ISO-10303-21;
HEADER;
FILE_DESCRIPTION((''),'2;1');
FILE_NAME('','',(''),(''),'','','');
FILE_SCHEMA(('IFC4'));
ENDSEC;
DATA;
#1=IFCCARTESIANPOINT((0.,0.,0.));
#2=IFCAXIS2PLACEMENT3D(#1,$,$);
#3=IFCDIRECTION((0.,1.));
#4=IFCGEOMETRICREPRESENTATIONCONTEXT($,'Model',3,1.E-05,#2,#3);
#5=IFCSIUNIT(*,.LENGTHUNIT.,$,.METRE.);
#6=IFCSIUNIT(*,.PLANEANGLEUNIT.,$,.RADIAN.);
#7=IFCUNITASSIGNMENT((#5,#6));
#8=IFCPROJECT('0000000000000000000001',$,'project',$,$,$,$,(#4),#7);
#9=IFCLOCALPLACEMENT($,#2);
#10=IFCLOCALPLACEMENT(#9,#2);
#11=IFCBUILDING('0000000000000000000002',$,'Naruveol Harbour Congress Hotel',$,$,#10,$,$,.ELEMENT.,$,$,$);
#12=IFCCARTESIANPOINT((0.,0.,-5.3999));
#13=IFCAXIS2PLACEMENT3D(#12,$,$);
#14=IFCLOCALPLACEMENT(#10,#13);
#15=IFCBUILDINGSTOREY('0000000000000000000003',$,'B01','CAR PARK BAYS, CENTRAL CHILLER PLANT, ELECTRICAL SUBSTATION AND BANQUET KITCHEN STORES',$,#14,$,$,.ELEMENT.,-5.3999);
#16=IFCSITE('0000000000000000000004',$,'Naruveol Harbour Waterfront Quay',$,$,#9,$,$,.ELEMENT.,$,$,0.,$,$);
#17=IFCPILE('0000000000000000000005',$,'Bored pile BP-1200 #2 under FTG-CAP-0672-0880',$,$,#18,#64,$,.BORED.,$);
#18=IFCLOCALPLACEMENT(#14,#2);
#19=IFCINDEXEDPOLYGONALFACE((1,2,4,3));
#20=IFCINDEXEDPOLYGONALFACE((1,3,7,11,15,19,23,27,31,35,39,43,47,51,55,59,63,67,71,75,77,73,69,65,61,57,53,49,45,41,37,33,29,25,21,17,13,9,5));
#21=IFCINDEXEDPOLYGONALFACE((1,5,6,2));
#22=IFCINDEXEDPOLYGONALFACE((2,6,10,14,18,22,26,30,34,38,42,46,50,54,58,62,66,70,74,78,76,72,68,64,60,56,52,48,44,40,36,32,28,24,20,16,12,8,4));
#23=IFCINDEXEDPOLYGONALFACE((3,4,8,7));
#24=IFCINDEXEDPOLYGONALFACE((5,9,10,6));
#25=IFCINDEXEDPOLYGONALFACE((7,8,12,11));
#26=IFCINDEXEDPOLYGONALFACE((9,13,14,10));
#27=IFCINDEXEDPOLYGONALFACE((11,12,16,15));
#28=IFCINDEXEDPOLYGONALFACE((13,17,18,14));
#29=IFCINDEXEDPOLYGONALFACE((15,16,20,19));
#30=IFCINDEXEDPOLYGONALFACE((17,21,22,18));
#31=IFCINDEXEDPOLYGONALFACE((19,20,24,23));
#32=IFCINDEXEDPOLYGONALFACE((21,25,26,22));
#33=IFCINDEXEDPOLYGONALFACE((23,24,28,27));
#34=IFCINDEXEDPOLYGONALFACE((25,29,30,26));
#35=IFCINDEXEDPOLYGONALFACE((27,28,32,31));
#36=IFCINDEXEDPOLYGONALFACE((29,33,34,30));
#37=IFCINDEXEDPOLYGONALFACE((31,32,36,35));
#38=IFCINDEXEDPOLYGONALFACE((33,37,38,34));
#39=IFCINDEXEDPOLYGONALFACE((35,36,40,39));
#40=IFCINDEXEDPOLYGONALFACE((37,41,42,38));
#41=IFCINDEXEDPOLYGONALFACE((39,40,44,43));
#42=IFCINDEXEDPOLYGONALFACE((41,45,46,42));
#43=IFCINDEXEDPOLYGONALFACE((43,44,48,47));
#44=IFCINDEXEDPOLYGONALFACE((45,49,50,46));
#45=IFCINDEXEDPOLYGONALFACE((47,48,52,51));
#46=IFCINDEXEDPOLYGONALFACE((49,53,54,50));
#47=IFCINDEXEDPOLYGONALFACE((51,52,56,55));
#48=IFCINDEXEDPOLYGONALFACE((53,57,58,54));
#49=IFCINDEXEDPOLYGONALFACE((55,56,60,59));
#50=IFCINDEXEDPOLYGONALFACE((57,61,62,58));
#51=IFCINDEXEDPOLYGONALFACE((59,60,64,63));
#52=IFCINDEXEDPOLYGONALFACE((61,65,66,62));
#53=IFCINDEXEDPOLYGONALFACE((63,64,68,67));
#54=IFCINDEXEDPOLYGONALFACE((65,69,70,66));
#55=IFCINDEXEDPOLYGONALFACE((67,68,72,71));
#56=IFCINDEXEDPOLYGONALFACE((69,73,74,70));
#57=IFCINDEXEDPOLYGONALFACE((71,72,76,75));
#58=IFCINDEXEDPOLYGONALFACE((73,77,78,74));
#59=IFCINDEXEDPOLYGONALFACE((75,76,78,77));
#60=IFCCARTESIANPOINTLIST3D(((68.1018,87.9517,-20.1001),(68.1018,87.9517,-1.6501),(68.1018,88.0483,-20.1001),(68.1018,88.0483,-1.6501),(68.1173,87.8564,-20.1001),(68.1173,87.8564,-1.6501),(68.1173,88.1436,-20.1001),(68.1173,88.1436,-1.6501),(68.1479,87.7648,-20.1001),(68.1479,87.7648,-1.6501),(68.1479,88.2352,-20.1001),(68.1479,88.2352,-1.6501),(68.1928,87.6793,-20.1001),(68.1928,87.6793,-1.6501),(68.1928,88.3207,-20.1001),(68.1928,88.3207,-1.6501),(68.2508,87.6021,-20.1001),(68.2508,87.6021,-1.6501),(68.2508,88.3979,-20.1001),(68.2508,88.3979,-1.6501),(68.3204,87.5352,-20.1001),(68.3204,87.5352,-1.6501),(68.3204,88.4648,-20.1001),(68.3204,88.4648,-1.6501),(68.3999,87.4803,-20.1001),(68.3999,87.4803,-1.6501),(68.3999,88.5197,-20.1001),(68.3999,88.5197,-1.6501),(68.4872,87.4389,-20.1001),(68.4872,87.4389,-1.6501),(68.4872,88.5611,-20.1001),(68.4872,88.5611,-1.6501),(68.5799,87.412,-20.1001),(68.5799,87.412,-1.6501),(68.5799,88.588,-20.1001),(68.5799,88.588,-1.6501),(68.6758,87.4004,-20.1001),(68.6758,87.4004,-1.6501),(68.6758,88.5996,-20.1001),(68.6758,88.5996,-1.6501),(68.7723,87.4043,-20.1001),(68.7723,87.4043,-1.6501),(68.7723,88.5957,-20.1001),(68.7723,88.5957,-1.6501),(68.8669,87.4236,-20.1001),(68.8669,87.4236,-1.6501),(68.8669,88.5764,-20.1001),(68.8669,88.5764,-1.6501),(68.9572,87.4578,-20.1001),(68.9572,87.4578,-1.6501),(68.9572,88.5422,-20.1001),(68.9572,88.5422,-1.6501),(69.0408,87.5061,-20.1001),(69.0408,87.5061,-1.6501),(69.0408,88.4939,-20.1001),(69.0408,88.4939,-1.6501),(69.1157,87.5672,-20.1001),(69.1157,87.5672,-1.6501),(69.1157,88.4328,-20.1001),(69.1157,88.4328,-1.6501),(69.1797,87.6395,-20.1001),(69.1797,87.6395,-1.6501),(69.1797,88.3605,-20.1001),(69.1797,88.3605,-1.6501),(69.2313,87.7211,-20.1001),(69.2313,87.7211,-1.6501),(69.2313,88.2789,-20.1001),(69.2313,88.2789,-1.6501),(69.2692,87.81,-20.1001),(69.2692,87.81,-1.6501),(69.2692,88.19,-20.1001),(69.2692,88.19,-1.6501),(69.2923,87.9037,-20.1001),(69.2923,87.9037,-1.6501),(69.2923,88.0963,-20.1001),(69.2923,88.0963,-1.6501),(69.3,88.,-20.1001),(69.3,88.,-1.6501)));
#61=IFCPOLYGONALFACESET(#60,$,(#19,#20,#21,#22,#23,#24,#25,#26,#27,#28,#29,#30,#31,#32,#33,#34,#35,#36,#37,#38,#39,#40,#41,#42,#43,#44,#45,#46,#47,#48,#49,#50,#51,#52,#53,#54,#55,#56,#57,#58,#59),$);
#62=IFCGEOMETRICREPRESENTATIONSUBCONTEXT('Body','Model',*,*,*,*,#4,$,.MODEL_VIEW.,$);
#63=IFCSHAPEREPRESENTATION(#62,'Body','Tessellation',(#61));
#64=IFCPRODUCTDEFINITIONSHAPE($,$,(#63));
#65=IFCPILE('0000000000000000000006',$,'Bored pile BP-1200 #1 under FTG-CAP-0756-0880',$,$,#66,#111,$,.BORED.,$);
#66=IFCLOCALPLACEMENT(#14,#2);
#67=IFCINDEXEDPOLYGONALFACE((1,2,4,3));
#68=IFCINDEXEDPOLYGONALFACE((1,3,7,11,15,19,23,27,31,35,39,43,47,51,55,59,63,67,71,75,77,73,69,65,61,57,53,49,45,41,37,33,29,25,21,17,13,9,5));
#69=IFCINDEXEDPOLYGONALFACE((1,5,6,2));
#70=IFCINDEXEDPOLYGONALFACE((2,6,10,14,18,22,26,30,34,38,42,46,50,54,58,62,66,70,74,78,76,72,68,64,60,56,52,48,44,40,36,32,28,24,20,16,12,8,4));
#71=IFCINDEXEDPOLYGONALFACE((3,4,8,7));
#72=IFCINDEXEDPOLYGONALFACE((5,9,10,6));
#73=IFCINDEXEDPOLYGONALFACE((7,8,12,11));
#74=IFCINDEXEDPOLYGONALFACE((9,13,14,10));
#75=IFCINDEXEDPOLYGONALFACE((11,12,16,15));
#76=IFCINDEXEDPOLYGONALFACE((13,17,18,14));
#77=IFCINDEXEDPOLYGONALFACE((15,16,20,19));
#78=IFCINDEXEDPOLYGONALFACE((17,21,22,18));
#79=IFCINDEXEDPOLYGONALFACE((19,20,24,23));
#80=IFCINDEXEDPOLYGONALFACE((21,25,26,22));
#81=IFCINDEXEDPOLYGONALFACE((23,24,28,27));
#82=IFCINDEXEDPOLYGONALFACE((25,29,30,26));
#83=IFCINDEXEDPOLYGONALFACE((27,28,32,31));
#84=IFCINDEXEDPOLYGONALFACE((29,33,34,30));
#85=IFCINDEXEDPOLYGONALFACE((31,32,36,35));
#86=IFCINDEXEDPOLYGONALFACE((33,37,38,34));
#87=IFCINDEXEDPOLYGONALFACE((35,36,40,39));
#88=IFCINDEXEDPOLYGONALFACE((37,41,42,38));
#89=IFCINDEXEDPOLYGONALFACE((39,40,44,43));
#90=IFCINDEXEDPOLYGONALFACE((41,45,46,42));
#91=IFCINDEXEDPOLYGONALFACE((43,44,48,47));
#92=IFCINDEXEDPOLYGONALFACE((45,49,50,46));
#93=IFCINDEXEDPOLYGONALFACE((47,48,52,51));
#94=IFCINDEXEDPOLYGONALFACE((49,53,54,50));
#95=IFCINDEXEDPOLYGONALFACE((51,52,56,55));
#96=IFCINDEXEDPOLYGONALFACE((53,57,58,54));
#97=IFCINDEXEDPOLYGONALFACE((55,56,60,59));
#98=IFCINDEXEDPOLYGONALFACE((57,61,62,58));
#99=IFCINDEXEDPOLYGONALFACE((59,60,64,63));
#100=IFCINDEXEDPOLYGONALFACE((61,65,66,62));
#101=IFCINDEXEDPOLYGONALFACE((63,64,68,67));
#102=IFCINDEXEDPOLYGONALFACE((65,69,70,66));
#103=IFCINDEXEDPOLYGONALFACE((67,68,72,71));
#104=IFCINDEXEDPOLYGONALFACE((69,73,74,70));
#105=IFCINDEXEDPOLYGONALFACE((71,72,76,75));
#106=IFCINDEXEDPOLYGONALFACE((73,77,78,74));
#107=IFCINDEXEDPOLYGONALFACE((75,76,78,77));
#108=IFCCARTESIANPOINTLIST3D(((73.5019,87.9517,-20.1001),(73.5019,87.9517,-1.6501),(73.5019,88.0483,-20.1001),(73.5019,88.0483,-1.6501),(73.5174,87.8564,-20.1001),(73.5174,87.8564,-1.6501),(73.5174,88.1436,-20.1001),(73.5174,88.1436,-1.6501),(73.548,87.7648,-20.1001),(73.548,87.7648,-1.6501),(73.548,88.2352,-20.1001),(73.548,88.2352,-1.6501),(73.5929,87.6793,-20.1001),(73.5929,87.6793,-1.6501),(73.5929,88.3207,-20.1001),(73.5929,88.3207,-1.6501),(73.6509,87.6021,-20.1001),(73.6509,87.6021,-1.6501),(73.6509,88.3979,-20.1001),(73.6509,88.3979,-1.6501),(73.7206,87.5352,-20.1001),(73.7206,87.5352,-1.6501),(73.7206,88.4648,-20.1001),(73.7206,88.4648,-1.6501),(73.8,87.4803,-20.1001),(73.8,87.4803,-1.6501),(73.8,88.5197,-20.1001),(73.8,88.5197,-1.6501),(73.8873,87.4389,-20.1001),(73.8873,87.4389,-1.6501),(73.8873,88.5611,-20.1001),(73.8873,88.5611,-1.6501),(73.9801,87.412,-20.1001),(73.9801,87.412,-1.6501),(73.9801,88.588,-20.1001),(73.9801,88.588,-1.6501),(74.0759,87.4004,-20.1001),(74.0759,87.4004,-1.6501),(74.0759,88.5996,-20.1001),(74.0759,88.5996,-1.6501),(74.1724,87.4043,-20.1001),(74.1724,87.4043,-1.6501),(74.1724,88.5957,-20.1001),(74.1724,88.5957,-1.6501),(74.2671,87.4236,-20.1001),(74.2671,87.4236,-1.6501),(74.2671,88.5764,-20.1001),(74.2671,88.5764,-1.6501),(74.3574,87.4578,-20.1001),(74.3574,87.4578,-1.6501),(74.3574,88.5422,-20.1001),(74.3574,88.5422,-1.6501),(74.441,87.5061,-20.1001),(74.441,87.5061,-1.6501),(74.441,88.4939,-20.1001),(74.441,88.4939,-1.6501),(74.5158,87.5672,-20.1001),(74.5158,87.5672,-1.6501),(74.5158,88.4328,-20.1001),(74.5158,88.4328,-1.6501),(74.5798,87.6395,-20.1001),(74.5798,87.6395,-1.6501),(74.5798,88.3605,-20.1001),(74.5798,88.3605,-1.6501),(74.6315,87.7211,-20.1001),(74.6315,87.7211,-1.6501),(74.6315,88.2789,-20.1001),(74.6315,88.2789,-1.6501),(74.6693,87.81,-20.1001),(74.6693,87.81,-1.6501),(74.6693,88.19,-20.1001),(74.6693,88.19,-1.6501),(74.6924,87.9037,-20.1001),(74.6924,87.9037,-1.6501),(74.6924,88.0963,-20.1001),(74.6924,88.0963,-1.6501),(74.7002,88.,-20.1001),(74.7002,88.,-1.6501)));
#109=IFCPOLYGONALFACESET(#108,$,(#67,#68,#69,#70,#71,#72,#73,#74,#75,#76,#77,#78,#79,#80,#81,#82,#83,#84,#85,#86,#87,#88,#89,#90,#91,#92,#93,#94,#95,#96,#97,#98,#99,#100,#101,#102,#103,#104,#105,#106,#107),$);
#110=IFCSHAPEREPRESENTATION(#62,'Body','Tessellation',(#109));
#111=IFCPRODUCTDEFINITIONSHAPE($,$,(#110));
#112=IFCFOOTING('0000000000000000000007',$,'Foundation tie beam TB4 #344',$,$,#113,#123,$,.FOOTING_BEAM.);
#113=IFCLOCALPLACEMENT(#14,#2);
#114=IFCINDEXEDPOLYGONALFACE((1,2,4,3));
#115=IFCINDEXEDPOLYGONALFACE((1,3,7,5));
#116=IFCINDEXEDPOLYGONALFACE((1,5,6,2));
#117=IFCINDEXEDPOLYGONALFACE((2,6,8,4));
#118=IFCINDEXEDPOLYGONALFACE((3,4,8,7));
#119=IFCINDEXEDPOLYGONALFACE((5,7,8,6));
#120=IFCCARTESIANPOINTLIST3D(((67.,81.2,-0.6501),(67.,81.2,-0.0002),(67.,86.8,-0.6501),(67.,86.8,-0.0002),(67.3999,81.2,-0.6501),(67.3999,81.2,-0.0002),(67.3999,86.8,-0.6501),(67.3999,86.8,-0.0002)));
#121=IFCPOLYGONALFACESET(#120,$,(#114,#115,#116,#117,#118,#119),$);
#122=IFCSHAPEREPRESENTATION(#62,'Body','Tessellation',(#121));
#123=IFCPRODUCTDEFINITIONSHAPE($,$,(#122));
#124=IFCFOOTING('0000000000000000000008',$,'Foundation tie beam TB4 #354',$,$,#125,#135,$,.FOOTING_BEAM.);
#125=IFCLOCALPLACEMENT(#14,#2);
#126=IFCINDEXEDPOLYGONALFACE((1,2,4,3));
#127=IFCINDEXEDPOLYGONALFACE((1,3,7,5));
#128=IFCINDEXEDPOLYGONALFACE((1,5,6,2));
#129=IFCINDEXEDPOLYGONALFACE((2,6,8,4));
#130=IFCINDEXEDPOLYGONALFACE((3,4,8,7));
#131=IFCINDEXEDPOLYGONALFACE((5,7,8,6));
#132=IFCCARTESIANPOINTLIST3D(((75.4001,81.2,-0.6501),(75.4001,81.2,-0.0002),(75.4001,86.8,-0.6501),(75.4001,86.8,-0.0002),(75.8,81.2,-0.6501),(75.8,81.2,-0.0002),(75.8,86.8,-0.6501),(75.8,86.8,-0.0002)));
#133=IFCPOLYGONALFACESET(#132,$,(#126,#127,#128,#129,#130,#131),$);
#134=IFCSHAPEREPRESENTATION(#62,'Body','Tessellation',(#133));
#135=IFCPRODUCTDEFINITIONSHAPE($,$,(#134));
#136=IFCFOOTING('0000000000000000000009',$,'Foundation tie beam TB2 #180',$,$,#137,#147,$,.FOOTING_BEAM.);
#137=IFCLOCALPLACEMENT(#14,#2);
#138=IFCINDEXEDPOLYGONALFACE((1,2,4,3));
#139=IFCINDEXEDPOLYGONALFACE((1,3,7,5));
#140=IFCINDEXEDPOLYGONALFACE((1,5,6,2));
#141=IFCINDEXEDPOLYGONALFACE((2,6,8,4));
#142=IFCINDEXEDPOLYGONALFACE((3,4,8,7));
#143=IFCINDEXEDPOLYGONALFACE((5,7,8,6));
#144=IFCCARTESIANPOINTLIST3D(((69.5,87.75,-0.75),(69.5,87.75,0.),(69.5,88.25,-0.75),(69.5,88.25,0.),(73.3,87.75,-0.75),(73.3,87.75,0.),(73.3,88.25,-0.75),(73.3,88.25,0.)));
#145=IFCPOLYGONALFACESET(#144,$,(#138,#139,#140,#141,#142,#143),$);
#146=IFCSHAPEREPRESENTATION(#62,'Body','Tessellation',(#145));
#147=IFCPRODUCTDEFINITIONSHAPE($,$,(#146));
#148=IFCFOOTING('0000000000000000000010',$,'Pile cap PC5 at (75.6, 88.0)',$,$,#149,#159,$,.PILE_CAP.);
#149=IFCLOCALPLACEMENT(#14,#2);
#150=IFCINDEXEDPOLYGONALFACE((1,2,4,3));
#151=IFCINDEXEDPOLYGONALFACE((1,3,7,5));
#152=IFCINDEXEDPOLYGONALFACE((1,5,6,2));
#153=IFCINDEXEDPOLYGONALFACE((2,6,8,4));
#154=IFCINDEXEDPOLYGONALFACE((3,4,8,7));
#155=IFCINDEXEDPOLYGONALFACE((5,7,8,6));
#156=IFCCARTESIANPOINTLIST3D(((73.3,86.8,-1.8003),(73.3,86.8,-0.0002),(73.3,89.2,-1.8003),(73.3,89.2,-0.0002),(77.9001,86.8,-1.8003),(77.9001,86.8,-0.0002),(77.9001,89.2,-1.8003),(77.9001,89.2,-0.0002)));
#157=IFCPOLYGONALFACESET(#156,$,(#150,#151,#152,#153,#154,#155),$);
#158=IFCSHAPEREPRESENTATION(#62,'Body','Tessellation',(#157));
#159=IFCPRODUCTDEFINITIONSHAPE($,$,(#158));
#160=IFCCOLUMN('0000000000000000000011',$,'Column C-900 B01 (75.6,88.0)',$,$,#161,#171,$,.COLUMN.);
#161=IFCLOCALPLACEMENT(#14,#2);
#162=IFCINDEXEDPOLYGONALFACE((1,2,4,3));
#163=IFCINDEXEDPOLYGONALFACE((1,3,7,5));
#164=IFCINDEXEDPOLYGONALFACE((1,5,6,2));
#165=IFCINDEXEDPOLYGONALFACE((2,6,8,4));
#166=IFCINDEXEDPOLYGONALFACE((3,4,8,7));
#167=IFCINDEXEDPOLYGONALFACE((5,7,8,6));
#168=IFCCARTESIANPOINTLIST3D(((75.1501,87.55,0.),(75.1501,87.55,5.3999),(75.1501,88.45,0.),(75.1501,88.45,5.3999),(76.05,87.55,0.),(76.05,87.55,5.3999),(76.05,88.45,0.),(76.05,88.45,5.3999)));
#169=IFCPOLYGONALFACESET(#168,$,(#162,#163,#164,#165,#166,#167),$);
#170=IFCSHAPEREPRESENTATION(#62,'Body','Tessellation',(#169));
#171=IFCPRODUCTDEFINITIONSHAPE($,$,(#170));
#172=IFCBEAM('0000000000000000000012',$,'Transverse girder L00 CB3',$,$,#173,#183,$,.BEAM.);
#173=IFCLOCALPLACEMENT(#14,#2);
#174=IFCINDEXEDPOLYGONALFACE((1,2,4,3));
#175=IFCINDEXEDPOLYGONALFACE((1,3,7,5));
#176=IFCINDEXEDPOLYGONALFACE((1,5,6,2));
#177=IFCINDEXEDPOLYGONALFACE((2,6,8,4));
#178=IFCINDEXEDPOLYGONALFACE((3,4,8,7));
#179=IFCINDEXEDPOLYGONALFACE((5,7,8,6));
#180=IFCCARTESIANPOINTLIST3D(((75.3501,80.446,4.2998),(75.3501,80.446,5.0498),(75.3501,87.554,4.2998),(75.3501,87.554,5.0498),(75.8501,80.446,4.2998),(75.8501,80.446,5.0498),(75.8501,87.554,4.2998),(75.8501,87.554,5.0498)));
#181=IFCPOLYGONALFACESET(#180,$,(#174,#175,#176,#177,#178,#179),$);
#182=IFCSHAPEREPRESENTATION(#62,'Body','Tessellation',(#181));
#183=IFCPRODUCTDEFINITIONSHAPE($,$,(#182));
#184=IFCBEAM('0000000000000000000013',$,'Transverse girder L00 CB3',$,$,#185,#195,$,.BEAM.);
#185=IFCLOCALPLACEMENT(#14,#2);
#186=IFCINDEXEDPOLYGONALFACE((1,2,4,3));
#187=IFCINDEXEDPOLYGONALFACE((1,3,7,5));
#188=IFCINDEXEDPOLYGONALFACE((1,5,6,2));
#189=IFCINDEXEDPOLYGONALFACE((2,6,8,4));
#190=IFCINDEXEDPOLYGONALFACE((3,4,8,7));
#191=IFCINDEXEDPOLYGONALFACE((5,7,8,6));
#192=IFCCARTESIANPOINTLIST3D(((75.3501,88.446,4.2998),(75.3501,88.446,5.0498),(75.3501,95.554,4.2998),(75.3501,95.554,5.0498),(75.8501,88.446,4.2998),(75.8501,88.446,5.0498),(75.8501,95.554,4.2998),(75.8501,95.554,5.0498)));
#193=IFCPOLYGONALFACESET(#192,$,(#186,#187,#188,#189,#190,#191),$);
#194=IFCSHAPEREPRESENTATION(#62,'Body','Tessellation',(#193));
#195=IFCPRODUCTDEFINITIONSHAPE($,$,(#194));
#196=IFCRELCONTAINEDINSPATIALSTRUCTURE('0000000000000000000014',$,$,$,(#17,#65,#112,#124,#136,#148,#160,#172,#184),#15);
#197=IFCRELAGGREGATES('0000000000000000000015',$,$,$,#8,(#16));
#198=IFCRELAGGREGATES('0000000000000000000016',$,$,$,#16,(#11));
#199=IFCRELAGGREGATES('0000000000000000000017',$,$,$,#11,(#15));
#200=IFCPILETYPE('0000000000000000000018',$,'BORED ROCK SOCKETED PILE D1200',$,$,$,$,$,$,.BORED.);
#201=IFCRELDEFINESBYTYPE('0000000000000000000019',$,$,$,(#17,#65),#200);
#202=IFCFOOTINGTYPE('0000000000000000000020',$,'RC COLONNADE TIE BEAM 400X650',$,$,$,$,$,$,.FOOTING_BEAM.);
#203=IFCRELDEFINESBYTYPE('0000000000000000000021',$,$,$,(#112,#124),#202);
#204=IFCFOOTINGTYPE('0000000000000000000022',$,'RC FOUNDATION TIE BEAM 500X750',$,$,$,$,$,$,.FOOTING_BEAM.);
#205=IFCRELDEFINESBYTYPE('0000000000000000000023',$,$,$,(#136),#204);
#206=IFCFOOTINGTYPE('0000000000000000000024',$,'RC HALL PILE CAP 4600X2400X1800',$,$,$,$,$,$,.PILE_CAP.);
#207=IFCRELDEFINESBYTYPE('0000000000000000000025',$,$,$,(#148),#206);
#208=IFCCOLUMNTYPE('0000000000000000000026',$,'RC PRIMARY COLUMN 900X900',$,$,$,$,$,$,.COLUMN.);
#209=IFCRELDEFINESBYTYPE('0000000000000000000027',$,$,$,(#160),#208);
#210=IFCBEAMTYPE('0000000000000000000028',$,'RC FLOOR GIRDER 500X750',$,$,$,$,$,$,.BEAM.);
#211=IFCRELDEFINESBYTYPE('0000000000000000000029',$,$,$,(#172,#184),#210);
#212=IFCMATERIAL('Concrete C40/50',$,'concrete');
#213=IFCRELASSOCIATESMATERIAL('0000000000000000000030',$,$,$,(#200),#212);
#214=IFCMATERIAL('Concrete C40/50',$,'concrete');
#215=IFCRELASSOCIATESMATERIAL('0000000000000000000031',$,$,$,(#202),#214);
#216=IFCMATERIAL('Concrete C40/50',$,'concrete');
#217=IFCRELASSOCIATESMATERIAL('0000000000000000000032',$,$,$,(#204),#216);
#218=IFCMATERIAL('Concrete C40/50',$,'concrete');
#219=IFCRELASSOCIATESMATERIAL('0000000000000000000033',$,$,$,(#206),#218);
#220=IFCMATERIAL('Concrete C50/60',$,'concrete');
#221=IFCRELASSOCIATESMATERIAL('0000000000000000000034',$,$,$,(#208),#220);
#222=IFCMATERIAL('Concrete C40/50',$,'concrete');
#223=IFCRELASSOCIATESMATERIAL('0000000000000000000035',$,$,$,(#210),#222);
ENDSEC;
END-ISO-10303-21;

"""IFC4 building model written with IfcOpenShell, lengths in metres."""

from ifc_helpers import new_model, si_unit, direction, frame, origin, origin_2d, place, context, subcontext, project, spatial, rectangle, circle, extrude, material, material_profile, profile_set, type_object, element, save


model = new_model("IFC4")

# Units and contexts
model_context = context("Model", 3, precision=1e-05, world=origin(), true_north=direction((0.0, 1.0)))
body_context = subcontext(model_context, "Body", "Model", "MODEL_VIEW")
ifc_project = project(units=[si_unit("LENGTHUNIT", "METRE"), si_unit("PLANEANGLEUNIT", "RADIAN")], contexts=[model_context])

# Site, building, storey
site_placement = place(None, origin())
site = spatial("IfcSite", under=ifc_project, at=site_placement, Name="Naruveol Harbour Waterfront Quay", CompositionType="ELEMENT", RefElevation=0.0)
building_placement = place(site_placement, origin())
building = spatial("IfcBuilding", under=site, at=building_placement, Name="Naruveol Harbour Congress Hotel", CompositionType="ELEMENT")
storey_placement = place(building_placement, frame((0.0, 0.0, -5.3999)))
storey = spatial("IfcBuildingStorey", under=building, at=storey_placement, Name="B01", Description="CAR PARK BAYS, CENTRAL CHILLER PLANT, ELECTRICAL SUBSTATION AND BANQUET KITCHEN STORES", CompositionType="ELEMENT", Elevation=-5.3999)

# Piles
ifc_material_1 = material(Name="Concrete C40/50", Category="concrete")
ifc_material_profile_1 = material_profile(ifc_material_1, circle(Radius=0.6001, at=origin_2d()), Name="BP-1200")
ifc_profile_set_1 = profile_set([ifc_material_profile_1], Name="Concrete C40/50")
pile_type = type_object("IfcPileType", Name="BORED ROCK SOCKETED PILE D1200", PredefinedType="BORED", material=ifc_profile_set_1)
for number, where, z_axis, x_axis, name in (
    (1, (68.7, 88.0, -1.6501), (0.0, 0.0, -1.0), (1.0, 0.0, 0.0), "Bored pile BP-1200 #2 under FTG-CAP-0672-0880"),
    (2, (74.1001, 88.0, -1.6501), (0.0, 0.0, -1.0), (1.0, 0.0, 0.0), "Bored pile BP-1200 #1 under FTG-CAP-0756-0880"),
):
    element("IfcPile", number, at=place(storey_placement, frame(where, z_axis=z_axis, x_axis=x_axis)), inside=storey, type_object=pile_type, Name=name, PredefinedType="BORED", context=body_context, shape_type="SweptSolid", body=[
        extrude(circle(Radius=0.6001, at=origin_2d()), origin(), (0.0, 0.0, 1.0), 18.45),
    ])

# Footings
ifc_material_2 = material(Name="Concrete C40/50", Category="concrete")
ifc_material_profile_2 = material_profile(ifc_material_2, rectangle(XDim=0.3999, YDim=0.6499, at=origin_2d()), Name="RCB-400x650")
ifc_profile_set_2 = profile_set([ifc_material_profile_2], Name="Concrete C40/50")
footing_type_1 = type_object("IfcFootingType", Name="RC COLONNADE TIE BEAM 400X650", PredefinedType="FOOTING_BEAM", material=ifc_profile_set_2)
for number, where, z_axis, x_axis, name in (
    (3, (67.2, 81.2, -0.3252), (0.0, 1.0, 0.0), (-1.0, 0.0, 0.0), "Foundation tie beam TB4 #344"),
    (4, (75.6001, 81.2, -0.3252), (0.0, 1.0, 0.0), (-1.0, 0.0, 0.0), "Foundation tie beam TB4 #354"),
):
    element("IfcFooting", number, at=place(storey_placement, frame(where, z_axis=z_axis, x_axis=x_axis)), inside=storey, type_object=footing_type_1, Name=name, PredefinedType="FOOTING_BEAM", context=body_context, shape_type="SweptSolid", body=[
        extrude(rectangle(XDim=0.3999, YDim=0.6499, at=origin_2d()), origin(), (0.0, 0.0, 1.0), 5.6001),
    ])
ifc_material_3 = material(Name="Concrete C40/50", Category="concrete")
ifc_material_profile_3 = material_profile(ifc_material_3, rectangle(XDim=0.5, YDim=0.75, at=origin_2d()), Name="RCB-500x750")
ifc_profile_set_3 = profile_set([ifc_material_profile_3], Name="Concrete C40/50")
footing_type_2 = type_object("IfcFootingType", Name="RC FOUNDATION TIE BEAM 500X750", PredefinedType="FOOTING_BEAM", material=ifc_profile_set_3)
footing_1_placement = place(storey_placement, frame((69.5, 88.0, -0.375), z_axis=(1.0, 0.0, 0.0), x_axis=(0.0, 1.0, 0.0)))
element("IfcFooting", 5, at=footing_1_placement, inside=storey, type_object=footing_type_2, Name="Foundation tie beam TB2 #180", PredefinedType="FOOTING_BEAM", context=body_context, shape_type="SweptSolid", body=[
    extrude(rectangle(XDim=0.5, YDim=0.75, at=origin_2d()), origin(), (0.0, 0.0, 1.0), 3.8),
])
ifc_material_4 = material(Name="Concrete C40/50", Category="concrete")
footing_type_3 = type_object("IfcFootingType", Name="RC HALL PILE CAP 4600X2400X1800", PredefinedType="PILE_CAP", material=ifc_material_4)
footing_2_placement = place(storey_placement, frame((75.6001, 88.0, -1.8003), z_axis=(0.0, 0.0, 1.0), x_axis=(1.0, 0.0, 0.0)))
element("IfcFooting", 6, at=footing_2_placement, inside=storey, type_object=footing_type_3, Name="Pile cap PC5 at (75.6, 88.0)", PredefinedType="PILE_CAP", context=body_context, shape_type="SweptSolid", body=[
    extrude(rectangle(XDim=4.6001, YDim=2.3999, at=origin_2d()), origin(), (0.0, 0.0, 1.0), 1.8),
])

# Column
ifc_material_5 = material(Name="Concrete C50/60", Category="concrete")
ifc_material_profile_4 = material_profile(ifc_material_5, rectangle(XDim=0.8999, YDim=0.8999, at=origin_2d()), Name="RC-900x900")
ifc_profile_set_4 = profile_set([ifc_material_profile_4], Name="Concrete C50/60")
column_type = type_object("IfcColumnType", Name="RC PRIMARY COLUMN 900X900", PredefinedType="COLUMN", material=ifc_profile_set_4)
column_placement = place(storey_placement, frame((75.6001, 88.0, 0.0), z_axis=(0.0, 0.0, 1.0), x_axis=(1.0, 0.0, 0.0)))
element("IfcColumn", 7, at=column_placement, inside=storey, type_object=column_type, Name="Column C-900 B01 (75.6,88.0)", PredefinedType="COLUMN", context=body_context, shape_type="SweptSolid", body=[
    extrude(rectangle(XDim=0.8999, YDim=0.8999, at=origin_2d()), origin(), (0.0, 0.0, 1.0), 5.3999),
])

# Beams
ifc_material_6 = material(Name="Concrete C40/50", Category="concrete")
ifc_material_profile_5 = material_profile(ifc_material_6, rectangle(XDim=0.5, YDim=0.75, at=origin_2d()), Name="RCB-500x750")
ifc_profile_set_5 = profile_set([ifc_material_profile_5], Name="Concrete C40/50")
beam_type_1 = type_object("IfcBeamType", Name="RC FLOOR GIRDER 500X750", PredefinedType="BEAM", material=ifc_profile_set_5)
for number, where, z_axis, x_axis, name in (
    (8, (75.6001, 80.446, 4.6748), (0.0, 1.0, 0.0), (-1.0, 0.0, 0.0), "Transverse girder L00 CB3"),
    (9, (75.6001, 88.446, 4.6748), (0.0, 1.0, 0.0), (-1.0, 0.0, 0.0), "Transverse girder L00 CB3"),
):
    element("IfcBeam", number, at=place(storey_placement, frame(where, z_axis=z_axis, x_axis=x_axis)), inside=storey, type_object=beam_type_1, Name=name, PredefinedType="BEAM", context=body_context, shape_type="SweptSolid", body=[
        extrude(rectangle(XDim=0.5, YDim=0.75, at=origin_2d()), origin(), (0.0, 0.0, 1.0), 7.1079),
    ])

save(model, "model.ifc")
